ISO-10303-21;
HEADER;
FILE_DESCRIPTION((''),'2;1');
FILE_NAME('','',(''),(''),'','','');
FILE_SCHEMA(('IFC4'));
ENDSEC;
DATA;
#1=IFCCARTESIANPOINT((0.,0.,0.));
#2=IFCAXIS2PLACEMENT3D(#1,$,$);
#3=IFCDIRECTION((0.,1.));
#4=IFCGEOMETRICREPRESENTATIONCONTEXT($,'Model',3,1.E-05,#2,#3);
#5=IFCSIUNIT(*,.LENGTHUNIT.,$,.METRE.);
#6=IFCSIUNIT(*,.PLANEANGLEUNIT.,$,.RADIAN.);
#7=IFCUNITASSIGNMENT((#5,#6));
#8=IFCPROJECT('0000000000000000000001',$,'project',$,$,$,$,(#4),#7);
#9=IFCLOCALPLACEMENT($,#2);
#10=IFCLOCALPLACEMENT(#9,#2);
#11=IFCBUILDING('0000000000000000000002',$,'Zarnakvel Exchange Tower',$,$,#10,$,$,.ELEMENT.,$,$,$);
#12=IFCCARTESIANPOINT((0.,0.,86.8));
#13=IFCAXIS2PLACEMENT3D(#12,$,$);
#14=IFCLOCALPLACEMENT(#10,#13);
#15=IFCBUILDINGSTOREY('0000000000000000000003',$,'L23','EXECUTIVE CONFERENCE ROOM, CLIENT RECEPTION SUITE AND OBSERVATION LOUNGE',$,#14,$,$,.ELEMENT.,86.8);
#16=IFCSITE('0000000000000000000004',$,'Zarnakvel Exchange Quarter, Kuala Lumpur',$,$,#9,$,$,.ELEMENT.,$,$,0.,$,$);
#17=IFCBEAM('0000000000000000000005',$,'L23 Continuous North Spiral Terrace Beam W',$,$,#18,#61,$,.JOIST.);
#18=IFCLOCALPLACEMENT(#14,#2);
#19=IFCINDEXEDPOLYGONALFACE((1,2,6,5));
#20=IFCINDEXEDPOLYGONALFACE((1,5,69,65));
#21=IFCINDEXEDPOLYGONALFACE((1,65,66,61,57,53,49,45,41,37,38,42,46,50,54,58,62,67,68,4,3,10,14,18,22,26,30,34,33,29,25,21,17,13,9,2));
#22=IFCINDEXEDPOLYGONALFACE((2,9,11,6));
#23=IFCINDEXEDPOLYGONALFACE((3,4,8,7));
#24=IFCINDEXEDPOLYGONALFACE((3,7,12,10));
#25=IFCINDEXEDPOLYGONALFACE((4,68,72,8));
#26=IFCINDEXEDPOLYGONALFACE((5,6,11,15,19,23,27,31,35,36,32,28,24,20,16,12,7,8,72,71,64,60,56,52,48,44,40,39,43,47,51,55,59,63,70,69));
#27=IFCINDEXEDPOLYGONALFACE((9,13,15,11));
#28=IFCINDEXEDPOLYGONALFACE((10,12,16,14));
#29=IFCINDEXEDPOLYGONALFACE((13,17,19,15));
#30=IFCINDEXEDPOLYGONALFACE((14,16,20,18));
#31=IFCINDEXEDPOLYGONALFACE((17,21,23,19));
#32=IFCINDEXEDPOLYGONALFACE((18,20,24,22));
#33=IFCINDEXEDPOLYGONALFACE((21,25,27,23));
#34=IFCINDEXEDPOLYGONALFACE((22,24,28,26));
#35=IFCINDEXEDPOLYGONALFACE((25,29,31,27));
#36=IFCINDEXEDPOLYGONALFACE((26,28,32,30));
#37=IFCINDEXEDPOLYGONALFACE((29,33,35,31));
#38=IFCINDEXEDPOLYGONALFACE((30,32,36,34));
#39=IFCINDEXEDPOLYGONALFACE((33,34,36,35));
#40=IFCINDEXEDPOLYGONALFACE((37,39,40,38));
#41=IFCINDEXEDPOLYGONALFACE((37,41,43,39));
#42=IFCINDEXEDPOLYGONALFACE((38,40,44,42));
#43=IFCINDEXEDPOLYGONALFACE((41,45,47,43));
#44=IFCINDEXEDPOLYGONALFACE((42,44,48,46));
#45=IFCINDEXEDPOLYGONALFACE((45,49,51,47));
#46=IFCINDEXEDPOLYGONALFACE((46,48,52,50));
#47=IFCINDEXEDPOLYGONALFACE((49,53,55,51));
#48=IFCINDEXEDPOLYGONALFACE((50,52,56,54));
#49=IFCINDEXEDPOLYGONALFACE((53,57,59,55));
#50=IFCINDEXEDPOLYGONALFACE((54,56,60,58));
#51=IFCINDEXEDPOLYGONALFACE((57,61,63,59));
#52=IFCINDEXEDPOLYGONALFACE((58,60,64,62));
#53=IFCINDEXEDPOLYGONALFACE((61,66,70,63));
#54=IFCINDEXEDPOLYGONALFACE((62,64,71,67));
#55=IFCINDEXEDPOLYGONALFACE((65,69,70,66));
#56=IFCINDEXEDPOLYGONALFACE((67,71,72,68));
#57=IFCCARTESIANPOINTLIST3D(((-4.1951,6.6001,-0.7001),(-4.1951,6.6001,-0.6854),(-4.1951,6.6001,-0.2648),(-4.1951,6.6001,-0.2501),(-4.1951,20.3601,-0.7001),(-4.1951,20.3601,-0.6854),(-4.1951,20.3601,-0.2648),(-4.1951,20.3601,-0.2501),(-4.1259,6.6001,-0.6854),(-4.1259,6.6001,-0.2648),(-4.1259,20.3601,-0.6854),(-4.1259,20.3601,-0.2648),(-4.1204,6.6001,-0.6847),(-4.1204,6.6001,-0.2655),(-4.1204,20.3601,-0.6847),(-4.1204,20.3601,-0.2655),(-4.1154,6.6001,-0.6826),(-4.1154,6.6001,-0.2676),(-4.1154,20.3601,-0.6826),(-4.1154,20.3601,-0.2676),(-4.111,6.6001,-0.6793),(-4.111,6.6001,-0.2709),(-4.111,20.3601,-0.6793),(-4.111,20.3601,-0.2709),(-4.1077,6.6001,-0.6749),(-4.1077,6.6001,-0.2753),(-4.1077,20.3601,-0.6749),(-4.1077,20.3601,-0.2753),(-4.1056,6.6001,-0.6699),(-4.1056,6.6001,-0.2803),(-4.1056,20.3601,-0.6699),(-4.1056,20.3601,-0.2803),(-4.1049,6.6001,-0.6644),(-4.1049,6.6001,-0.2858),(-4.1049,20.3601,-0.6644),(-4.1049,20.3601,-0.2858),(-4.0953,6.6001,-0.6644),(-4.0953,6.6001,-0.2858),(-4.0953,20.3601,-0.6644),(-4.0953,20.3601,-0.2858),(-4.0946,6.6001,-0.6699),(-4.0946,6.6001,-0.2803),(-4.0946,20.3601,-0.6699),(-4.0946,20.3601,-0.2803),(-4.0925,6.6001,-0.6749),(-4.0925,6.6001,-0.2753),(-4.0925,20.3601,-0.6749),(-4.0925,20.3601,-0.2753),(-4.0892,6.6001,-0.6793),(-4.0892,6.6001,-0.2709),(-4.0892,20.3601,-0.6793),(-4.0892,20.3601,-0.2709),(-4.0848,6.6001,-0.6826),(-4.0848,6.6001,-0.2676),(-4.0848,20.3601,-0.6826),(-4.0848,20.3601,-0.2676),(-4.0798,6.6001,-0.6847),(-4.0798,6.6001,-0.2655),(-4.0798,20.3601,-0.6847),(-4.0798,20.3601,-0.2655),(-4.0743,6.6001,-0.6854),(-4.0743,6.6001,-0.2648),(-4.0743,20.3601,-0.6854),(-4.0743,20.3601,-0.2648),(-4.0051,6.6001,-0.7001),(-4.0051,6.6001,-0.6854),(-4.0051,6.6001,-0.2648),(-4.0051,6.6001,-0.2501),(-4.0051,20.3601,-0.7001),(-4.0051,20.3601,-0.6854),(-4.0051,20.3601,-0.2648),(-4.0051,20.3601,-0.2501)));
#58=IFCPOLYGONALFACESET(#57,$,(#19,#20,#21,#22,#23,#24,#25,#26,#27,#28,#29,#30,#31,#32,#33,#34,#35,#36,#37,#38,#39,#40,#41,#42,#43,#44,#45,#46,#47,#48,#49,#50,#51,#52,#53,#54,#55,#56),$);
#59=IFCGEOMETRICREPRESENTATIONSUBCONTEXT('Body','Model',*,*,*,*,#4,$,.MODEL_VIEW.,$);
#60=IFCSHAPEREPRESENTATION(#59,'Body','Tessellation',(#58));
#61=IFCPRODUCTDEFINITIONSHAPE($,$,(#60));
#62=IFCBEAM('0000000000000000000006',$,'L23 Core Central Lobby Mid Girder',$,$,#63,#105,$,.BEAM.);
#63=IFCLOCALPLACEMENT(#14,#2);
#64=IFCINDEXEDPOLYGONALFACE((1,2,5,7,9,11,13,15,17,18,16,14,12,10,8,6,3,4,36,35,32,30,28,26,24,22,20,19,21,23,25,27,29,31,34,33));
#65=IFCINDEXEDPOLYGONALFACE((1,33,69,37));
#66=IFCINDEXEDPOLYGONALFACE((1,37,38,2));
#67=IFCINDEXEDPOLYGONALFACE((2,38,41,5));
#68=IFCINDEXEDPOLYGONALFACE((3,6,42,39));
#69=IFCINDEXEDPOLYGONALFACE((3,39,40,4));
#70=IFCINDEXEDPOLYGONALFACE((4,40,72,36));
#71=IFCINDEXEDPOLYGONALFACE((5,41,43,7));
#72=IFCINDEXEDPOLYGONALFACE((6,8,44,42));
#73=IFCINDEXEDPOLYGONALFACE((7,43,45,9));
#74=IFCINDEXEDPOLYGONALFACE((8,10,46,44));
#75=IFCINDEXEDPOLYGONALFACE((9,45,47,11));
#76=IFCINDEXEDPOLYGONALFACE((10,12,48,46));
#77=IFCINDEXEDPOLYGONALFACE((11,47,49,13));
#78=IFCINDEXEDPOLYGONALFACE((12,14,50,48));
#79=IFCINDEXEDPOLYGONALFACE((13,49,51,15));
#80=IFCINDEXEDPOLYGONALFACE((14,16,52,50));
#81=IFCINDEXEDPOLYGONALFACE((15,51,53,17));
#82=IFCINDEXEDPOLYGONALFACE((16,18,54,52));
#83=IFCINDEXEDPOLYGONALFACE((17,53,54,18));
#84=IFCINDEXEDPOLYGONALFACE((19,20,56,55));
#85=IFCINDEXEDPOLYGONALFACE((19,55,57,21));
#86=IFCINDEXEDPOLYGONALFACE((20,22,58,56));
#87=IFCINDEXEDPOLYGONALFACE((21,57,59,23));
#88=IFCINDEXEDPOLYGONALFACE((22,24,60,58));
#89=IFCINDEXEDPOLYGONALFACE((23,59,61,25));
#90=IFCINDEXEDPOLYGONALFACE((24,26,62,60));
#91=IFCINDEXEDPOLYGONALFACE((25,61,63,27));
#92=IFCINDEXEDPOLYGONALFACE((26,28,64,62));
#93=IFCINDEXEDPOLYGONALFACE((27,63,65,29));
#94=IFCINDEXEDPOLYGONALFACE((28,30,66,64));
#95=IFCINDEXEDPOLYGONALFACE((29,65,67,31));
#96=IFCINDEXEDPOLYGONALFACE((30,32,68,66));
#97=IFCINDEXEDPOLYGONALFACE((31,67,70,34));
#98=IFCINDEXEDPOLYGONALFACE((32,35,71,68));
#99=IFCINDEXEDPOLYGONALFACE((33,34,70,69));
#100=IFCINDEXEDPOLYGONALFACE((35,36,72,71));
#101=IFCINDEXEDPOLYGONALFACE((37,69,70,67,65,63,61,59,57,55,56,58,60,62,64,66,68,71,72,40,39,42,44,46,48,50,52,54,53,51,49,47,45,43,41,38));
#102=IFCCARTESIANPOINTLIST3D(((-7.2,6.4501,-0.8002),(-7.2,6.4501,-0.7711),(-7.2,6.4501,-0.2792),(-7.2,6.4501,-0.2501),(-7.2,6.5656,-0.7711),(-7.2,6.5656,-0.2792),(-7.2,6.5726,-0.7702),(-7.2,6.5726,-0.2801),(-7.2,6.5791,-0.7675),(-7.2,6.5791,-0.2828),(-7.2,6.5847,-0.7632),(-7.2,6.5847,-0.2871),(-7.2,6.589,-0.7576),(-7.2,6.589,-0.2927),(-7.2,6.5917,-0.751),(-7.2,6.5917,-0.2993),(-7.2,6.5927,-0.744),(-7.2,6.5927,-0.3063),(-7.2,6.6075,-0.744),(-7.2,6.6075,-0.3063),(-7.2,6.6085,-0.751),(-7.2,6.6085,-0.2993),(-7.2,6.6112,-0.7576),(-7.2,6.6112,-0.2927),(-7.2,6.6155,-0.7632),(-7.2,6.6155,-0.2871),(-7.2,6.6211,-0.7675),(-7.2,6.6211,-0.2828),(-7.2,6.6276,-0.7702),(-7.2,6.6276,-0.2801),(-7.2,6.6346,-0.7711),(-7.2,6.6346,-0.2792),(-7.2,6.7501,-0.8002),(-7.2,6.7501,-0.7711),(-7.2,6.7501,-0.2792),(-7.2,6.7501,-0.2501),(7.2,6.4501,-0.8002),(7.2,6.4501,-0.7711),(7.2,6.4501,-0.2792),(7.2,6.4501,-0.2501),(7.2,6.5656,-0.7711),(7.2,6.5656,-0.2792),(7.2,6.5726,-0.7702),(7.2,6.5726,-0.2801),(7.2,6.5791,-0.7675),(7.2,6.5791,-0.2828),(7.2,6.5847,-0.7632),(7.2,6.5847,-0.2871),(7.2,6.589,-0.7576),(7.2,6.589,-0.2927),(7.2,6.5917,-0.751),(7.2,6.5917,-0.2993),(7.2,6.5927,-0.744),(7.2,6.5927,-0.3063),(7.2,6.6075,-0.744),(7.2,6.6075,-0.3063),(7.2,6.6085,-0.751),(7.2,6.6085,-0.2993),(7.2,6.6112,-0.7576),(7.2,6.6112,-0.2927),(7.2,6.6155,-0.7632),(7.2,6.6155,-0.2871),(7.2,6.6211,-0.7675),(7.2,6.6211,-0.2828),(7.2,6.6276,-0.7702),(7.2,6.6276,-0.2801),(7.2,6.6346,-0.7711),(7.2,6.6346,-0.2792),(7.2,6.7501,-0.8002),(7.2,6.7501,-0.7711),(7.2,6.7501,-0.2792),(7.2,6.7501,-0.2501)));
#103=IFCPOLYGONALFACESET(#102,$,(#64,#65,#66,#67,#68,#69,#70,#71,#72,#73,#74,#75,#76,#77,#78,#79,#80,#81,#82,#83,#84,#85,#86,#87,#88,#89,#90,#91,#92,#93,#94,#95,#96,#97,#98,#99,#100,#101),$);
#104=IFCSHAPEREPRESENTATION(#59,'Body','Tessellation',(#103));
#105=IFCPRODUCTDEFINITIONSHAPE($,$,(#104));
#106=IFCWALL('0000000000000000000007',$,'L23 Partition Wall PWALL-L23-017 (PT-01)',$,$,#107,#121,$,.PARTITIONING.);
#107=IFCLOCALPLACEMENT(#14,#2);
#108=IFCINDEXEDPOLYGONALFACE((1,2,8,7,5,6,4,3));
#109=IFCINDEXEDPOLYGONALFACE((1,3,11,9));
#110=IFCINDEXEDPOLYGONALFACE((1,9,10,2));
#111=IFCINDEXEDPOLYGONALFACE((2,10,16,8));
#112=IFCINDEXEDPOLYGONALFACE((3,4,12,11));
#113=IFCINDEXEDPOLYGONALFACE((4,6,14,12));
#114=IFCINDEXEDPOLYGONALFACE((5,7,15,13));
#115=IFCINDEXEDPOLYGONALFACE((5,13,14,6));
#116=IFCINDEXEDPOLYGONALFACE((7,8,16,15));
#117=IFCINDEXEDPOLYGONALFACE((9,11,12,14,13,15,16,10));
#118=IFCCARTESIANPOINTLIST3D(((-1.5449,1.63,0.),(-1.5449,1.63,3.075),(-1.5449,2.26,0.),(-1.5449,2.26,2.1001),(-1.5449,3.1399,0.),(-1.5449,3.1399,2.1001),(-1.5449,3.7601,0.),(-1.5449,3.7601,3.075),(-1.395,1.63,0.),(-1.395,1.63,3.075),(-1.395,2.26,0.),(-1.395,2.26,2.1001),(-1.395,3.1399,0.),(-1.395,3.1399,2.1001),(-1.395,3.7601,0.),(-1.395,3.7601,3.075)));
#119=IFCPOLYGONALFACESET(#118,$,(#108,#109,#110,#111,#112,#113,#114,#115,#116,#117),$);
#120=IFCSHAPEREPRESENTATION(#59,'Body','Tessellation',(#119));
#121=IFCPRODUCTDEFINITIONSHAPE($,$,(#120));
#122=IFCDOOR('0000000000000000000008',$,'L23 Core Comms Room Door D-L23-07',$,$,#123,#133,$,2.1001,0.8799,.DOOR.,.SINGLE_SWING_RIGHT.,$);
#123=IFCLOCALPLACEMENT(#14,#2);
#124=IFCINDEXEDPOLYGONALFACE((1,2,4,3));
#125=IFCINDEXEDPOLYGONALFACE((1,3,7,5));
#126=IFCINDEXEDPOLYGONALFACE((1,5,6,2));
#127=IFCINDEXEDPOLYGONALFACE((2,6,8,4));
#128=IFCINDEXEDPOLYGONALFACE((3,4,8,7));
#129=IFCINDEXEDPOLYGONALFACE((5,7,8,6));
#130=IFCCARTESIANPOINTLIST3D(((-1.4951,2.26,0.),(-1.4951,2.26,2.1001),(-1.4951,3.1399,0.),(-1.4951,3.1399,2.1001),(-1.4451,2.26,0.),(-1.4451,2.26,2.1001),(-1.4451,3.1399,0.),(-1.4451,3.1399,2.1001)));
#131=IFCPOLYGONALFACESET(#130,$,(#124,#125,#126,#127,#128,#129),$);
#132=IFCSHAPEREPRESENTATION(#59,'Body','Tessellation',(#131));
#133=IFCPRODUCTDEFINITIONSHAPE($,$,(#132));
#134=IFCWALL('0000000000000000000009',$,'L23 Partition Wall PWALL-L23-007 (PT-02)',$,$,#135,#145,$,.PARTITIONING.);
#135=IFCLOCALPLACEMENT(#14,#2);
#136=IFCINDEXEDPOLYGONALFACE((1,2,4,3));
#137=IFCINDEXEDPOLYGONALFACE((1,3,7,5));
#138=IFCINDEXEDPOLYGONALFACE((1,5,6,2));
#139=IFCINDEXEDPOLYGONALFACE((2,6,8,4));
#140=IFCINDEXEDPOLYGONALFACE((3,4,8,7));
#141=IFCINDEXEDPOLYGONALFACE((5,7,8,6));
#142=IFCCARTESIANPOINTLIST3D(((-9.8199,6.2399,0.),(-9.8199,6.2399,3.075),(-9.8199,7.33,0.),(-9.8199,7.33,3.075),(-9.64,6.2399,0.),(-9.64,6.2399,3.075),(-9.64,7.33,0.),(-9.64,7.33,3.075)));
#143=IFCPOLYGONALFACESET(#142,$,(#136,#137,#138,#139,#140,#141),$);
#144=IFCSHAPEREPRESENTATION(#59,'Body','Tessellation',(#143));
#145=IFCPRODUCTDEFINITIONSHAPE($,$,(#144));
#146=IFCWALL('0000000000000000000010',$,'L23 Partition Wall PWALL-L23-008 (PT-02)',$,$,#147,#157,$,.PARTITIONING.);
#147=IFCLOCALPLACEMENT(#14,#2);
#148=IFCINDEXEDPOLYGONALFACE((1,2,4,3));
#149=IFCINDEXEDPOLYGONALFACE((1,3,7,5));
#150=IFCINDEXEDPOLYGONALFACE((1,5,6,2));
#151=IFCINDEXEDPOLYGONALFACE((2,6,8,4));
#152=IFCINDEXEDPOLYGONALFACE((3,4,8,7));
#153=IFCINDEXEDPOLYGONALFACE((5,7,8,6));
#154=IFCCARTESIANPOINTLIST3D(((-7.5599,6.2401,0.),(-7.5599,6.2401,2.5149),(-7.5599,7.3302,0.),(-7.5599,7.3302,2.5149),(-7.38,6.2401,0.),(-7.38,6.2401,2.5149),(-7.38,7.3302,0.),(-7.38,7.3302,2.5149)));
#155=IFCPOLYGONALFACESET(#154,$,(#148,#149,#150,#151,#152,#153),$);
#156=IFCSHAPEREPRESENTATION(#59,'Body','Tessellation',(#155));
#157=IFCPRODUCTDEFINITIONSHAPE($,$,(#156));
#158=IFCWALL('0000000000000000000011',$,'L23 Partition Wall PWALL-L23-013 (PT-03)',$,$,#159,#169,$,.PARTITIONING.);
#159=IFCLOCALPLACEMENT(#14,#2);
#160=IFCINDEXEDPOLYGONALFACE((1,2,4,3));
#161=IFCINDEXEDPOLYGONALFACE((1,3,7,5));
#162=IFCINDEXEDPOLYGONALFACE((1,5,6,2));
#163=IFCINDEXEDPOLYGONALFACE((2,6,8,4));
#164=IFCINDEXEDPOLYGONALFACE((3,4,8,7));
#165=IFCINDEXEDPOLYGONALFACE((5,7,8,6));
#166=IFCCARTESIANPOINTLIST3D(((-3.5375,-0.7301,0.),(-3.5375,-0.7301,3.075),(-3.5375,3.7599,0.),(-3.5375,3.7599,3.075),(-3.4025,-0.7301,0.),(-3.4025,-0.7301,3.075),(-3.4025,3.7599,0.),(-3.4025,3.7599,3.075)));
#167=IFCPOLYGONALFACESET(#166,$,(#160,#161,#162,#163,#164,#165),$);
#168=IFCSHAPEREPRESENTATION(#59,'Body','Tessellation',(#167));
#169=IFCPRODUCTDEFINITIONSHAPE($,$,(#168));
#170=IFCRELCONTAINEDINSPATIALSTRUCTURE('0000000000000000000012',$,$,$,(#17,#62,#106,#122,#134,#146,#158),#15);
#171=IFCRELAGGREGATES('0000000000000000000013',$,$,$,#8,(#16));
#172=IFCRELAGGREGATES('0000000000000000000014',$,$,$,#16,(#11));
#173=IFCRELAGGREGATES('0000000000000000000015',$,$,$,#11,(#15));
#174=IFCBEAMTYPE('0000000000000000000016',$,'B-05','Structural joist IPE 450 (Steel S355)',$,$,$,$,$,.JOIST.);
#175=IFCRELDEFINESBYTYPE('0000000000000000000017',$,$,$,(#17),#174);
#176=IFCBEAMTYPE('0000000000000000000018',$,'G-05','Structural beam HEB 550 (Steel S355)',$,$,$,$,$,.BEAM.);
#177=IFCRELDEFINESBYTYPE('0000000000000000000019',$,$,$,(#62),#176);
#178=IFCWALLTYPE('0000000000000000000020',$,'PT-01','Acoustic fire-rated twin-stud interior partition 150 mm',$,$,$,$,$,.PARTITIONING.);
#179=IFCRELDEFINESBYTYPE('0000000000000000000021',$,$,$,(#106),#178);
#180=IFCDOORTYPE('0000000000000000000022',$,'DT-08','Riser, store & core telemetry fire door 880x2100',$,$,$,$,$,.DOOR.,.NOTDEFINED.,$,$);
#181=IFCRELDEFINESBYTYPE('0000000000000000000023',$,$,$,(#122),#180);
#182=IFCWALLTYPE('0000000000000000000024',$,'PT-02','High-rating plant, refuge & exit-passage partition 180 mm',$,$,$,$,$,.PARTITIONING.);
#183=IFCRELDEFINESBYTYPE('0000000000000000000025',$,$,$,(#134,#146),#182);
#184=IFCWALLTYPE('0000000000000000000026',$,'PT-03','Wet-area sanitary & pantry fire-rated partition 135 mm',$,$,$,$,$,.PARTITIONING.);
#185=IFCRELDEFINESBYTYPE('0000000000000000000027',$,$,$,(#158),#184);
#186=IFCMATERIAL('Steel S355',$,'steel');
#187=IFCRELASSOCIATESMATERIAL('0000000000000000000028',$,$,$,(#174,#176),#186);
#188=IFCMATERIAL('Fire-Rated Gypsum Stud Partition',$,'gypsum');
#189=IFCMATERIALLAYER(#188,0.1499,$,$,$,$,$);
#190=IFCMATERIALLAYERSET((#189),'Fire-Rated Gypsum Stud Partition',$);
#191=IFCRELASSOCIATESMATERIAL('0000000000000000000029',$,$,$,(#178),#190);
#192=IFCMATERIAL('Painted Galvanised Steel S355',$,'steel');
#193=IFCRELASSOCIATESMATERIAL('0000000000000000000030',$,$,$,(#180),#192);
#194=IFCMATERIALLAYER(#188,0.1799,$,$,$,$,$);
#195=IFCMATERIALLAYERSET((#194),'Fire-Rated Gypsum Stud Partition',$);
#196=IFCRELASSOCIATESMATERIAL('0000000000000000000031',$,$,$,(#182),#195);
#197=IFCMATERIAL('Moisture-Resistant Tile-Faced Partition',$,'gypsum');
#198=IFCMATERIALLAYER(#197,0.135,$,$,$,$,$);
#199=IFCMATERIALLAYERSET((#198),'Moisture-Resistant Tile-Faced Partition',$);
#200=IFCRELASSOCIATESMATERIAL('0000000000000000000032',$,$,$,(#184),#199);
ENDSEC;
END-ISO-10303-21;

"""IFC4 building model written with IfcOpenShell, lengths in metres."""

from ifc_helpers import new_model, si_unit, direction, frame, frame_2d, origin, origin_2d, place, context, subcontext, project, spatial, rectangle, i_section, extrude, source, transform, mapped, material, layer, layer_set, material_profile, profile_set, type_object, element, fill, save


model = new_model("IFC4")

# Units and contexts
model_context = context("Model", 3, precision=1e-05, world=origin(), true_north=direction((0.0, 1.0)))
body_context = subcontext(model_context, "Body", "Model", "MODEL_VIEW")
ifc_project = project(units=[si_unit("LENGTHUNIT", "METRE"), si_unit("PLANEANGLEUNIT", "RADIAN")], contexts=[model_context])

# Site, building, storey
site_placement = place(None, origin())
site = spatial("IfcSite", under=ifc_project, at=site_placement, Name="Zarnakvel Exchange Quarter, Kuala Lumpur", CompositionType="ELEMENT", RefElevation=0.0)
building_placement = place(site_placement, origin())
building = spatial("IfcBuilding", under=site, at=building_placement, Name="Zarnakvel Exchange Tower", CompositionType="ELEMENT")
storey_placement = place(building_placement, frame((0.0, 0.0, 86.8)))
storey = spatial("IfcBuildingStorey", under=building, at=storey_placement, Name="L23", Description="EXECUTIVE CONFERENCE ROOM, CLIENT RECEPTION SUITE AND OBSERVATION LOUNGE", CompositionType="ELEMENT", Elevation=86.8)

# Beams
ifc_material_1 = material(Name="Steel S355", Category="steel")
ifc_material_profile_1 = material_profile(ifc_material_1, i_section(OverallWidth=0.1899, OverallDepth=0.45, WebThickness=0.0095, FlangeThickness=0.0146, FilletRadius=0.021, at=origin_2d()))
ifc_profile_set_1 = profile_set([ifc_material_profile_1], Name="Steel S355")
beam_type_1 = type_object("IfcBeamType", Name="B-05", Description="Structural joist IPE 450 (Steel S355)", PredefinedType="JOIST", material=ifc_profile_set_1)
beam_1_placement = place(storey_placement, frame((-4.1001, 6.6001, -0.4751), z_axis=(0.0, 1.0, 0.0), x_axis=(-1.0, 0.0, 0.0)))
element("IfcBeam", 1, at=beam_1_placement, inside=storey, type_object=beam_type_1, Name="L23 Continuous North Spiral Terrace Beam W", PredefinedType="JOIST", context=body_context, shape_type="SweptSolid", body=[
    extrude(i_section(OverallWidth=0.1899, OverallDepth=0.45, WebThickness=0.0095, FlangeThickness=0.0146, FilletRadius=0.021, at=origin_2d()), origin(), (0.0, 0.0, 1.0), 13.76),
])
ifc_material_profile_2 = material_profile(ifc_material_1, i_section(OverallWidth=0.3, OverallDepth=0.55, WebThickness=0.0149, FlangeThickness=0.0291, FilletRadius=0.0271, at=origin_2d()))
ifc_profile_set_2 = profile_set([ifc_material_profile_2], Name="Steel S355")
beam_type_2 = type_object("IfcBeamType", Name="G-05", Description="Structural beam HEB 550 (Steel S355)", PredefinedType="BEAM", material=ifc_profile_set_2)
beam_2_placement = place(storey_placement, frame((-7.2, 6.6001, -0.5251), z_axis=(1.0, 0.0, 0.0), x_axis=(0.0, 1.0, 0.0)))
element("IfcBeam", 2, at=beam_2_placement, inside=storey, type_object=beam_type_2, Name="L23 Core Central Lobby Mid Girder", PredefinedType="BEAM", context=body_context, shape_type="SweptSolid", body=[
    extrude(i_section(OverallWidth=0.3, OverallDepth=0.55, WebThickness=0.0149, FlangeThickness=0.0291, FilletRadius=0.0271, at=origin_2d()), origin(), (0.0, 0.0, 1.0), 14.3999),
])

# Wall, opening, door
ifc_material_2 = material(Name="Fire-Rated Gypsum Stud Partition", Category="gypsum")
ifc_layer_1 = layer(ifc_material_2, 0.1499)
ifc_layer_set_1 = layer_set([ifc_layer_1], Name="Fire-Rated Gypsum Stud Partition")
wall_type_1 = type_object("IfcWallType", Name="PT-01", Description="Acoustic fire-rated twin-stud interior partition 150 mm", PredefinedType="PARTITIONING", material=ifc_layer_set_1)
wall_1_placement = place(storey_placement, frame((-1.47, 3.76, 0.0), z_axis=(0.0, 0.0, 1.0), x_axis=(0.0, -1.0, 0.0)))
wall_1 = element("IfcWall", 3, at=wall_1_placement, inside=storey, type_object=wall_type_1, Name="L23 Partition Wall PWALL-L23-017 (PT-01)", PredefinedType="PARTITIONING", context=body_context, shape_type="SweptSolid", body=[
    extrude(rectangle(XDim=2.1301, YDim=0.1499, at=frame_2d((1.0649, 0.0))), origin(), (0.0, 0.0, 1.0), 3.075),
])
opening_1_placement = place(wall_1_placement, frame((0.6201, 0.0, 0.0)))
opening_1 = element("IfcOpeningElement", 4, at=opening_1_placement, cuts=wall_1, PredefinedType="OPENING", context=body_context, shape_type="SweptSolid", body=[
    extrude(rectangle(XDim=0.8799, YDim=2.1001, at=frame_2d((0.4399, 1.05))), frame((0.0, 0.085, 0.0), z_axis=(0.0, -1.0, 0.0), x_axis=(1.0, 0.0, 0.0)), (0.0, 0.0, 1.0), 0.1699),
])
ifc_material_3 = material(Name="Painted Galvanised Steel S355", Category="steel")
door_type_1 = type_object("IfcDoorType", Name="DT-08", Description="Riser, store & core telemetry fire door 880x2100", OperationType="NOTDEFINED", PredefinedType="DOOR", material=ifc_material_3)
shared_shape_1 = source(origin(), body_context, "Body", "SweptSolid", [
    extrude(rectangle(XDim=0.8799, YDim=2.1001, at=frame_2d((0.4399, 1.05))), frame((0.0, 0.0249, 0.0), z_axis=(0.0, -1.0, 0.0), x_axis=(1.0, 0.0, 0.0)), (0.0, 0.0, 1.0), 0.05),
])
door_1_placement = place(opening_1_placement, origin())
door_1 = element("IfcDoor", 5, at=door_1_placement, inside=storey, type_object=door_type_1, Name="L23 Core Comms Room Door D-L23-07", OperationType="SINGLE_SWING_RIGHT", OverallHeight=2.1001, OverallWidth=0.8799, PredefinedType="DOOR", context=body_context, shape_type="MappedRepresentation", body=[
    mapped(shared_shape_1, transform((0.0, 0.0, 0.0), x_axis=(1.0, 0.0, 0.0), y_axis=(0.0, 1.0, 0.0), z_axis=(0.0, 0.0, 1.0), scale=1.0)),
])
fill(opening_1, door_1)

# Walls
ifc_layer_2 = layer(ifc_material_2, 0.1799)
ifc_layer_set_2 = layer_set([ifc_layer_2], Name="Fire-Rated Gypsum Stud Partition")
wall_type_2 = type_object("IfcWallType", Name="PT-02", Description="High-rating plant, refuge & exit-passage partition 180 mm", PredefinedType="PARTITIONING", material=ifc_layer_set_2)
wall_2_placement = place(storey_placement, frame((-9.73, 6.24, 0.0), z_axis=(0.0, 0.0, 1.0), x_axis=(0.0, 1.0, 0.0)))
element("IfcWall", 6, at=wall_2_placement, inside=storey, type_object=wall_type_2, Name="L23 Partition Wall PWALL-L23-007 (PT-02)", PredefinedType="PARTITIONING", context=body_context, shape_type="SweptSolid", body=[
    extrude(rectangle(XDim=1.0901, YDim=0.1799, at=frame_2d((0.5449, 0.0))), origin(), (0.0, 0.0, 1.0), 3.075),
])
wall_3_placement = place(storey_placement, frame((-7.47, 7.3301, 0.0), z_axis=(0.0, 0.0, 1.0), x_axis=(0.0, -1.0, 0.0)))
element("IfcWall", 7, at=wall_3_placement, inside=storey, type_object=wall_type_2, Name="L23 Partition Wall PWALL-L23-008 (PT-02)", PredefinedType="PARTITIONING", context=body_context, shape_type="SweptSolid", body=[
    extrude(rectangle(XDim=1.0901, YDim=0.1799, at=frame_2d((0.5449, 0.0))), origin(), (0.0, 0.0, 1.0), 2.5149),
])
ifc_material_4 = material(Name="Moisture-Resistant Tile-Faced Partition", Category="gypsum")
ifc_layer_3 = layer(ifc_material_4, 0.135)
ifc_layer_set_3 = layer_set([ifc_layer_3], Name="Moisture-Resistant Tile-Faced Partition")
wall_type_3 = type_object("IfcWallType", Name="PT-03", Description="Wet-area sanitary & pantry fire-rated partition 135 mm", PredefinedType="PARTITIONING", material=ifc_layer_set_3)
wall_4_placement = place(storey_placement, frame((-3.47, 3.76, 0.0), z_axis=(0.0, 0.0, 1.0), x_axis=(0.0, -1.0, 0.0)))
element("IfcWall", 8, at=wall_4_placement, inside=storey, type_object=wall_type_3, Name="L23 Partition Wall PWALL-L23-013 (PT-03)", PredefinedType="PARTITIONING", context=body_context, shape_type="SweptSolid", body=[
    extrude(rectangle(XDim=4.49, YDim=0.135, at=frame_2d((2.2451, 0.0))), origin(), (0.0, 0.0, 1.0), 3.075),
])

save(model, "model.ifc")
